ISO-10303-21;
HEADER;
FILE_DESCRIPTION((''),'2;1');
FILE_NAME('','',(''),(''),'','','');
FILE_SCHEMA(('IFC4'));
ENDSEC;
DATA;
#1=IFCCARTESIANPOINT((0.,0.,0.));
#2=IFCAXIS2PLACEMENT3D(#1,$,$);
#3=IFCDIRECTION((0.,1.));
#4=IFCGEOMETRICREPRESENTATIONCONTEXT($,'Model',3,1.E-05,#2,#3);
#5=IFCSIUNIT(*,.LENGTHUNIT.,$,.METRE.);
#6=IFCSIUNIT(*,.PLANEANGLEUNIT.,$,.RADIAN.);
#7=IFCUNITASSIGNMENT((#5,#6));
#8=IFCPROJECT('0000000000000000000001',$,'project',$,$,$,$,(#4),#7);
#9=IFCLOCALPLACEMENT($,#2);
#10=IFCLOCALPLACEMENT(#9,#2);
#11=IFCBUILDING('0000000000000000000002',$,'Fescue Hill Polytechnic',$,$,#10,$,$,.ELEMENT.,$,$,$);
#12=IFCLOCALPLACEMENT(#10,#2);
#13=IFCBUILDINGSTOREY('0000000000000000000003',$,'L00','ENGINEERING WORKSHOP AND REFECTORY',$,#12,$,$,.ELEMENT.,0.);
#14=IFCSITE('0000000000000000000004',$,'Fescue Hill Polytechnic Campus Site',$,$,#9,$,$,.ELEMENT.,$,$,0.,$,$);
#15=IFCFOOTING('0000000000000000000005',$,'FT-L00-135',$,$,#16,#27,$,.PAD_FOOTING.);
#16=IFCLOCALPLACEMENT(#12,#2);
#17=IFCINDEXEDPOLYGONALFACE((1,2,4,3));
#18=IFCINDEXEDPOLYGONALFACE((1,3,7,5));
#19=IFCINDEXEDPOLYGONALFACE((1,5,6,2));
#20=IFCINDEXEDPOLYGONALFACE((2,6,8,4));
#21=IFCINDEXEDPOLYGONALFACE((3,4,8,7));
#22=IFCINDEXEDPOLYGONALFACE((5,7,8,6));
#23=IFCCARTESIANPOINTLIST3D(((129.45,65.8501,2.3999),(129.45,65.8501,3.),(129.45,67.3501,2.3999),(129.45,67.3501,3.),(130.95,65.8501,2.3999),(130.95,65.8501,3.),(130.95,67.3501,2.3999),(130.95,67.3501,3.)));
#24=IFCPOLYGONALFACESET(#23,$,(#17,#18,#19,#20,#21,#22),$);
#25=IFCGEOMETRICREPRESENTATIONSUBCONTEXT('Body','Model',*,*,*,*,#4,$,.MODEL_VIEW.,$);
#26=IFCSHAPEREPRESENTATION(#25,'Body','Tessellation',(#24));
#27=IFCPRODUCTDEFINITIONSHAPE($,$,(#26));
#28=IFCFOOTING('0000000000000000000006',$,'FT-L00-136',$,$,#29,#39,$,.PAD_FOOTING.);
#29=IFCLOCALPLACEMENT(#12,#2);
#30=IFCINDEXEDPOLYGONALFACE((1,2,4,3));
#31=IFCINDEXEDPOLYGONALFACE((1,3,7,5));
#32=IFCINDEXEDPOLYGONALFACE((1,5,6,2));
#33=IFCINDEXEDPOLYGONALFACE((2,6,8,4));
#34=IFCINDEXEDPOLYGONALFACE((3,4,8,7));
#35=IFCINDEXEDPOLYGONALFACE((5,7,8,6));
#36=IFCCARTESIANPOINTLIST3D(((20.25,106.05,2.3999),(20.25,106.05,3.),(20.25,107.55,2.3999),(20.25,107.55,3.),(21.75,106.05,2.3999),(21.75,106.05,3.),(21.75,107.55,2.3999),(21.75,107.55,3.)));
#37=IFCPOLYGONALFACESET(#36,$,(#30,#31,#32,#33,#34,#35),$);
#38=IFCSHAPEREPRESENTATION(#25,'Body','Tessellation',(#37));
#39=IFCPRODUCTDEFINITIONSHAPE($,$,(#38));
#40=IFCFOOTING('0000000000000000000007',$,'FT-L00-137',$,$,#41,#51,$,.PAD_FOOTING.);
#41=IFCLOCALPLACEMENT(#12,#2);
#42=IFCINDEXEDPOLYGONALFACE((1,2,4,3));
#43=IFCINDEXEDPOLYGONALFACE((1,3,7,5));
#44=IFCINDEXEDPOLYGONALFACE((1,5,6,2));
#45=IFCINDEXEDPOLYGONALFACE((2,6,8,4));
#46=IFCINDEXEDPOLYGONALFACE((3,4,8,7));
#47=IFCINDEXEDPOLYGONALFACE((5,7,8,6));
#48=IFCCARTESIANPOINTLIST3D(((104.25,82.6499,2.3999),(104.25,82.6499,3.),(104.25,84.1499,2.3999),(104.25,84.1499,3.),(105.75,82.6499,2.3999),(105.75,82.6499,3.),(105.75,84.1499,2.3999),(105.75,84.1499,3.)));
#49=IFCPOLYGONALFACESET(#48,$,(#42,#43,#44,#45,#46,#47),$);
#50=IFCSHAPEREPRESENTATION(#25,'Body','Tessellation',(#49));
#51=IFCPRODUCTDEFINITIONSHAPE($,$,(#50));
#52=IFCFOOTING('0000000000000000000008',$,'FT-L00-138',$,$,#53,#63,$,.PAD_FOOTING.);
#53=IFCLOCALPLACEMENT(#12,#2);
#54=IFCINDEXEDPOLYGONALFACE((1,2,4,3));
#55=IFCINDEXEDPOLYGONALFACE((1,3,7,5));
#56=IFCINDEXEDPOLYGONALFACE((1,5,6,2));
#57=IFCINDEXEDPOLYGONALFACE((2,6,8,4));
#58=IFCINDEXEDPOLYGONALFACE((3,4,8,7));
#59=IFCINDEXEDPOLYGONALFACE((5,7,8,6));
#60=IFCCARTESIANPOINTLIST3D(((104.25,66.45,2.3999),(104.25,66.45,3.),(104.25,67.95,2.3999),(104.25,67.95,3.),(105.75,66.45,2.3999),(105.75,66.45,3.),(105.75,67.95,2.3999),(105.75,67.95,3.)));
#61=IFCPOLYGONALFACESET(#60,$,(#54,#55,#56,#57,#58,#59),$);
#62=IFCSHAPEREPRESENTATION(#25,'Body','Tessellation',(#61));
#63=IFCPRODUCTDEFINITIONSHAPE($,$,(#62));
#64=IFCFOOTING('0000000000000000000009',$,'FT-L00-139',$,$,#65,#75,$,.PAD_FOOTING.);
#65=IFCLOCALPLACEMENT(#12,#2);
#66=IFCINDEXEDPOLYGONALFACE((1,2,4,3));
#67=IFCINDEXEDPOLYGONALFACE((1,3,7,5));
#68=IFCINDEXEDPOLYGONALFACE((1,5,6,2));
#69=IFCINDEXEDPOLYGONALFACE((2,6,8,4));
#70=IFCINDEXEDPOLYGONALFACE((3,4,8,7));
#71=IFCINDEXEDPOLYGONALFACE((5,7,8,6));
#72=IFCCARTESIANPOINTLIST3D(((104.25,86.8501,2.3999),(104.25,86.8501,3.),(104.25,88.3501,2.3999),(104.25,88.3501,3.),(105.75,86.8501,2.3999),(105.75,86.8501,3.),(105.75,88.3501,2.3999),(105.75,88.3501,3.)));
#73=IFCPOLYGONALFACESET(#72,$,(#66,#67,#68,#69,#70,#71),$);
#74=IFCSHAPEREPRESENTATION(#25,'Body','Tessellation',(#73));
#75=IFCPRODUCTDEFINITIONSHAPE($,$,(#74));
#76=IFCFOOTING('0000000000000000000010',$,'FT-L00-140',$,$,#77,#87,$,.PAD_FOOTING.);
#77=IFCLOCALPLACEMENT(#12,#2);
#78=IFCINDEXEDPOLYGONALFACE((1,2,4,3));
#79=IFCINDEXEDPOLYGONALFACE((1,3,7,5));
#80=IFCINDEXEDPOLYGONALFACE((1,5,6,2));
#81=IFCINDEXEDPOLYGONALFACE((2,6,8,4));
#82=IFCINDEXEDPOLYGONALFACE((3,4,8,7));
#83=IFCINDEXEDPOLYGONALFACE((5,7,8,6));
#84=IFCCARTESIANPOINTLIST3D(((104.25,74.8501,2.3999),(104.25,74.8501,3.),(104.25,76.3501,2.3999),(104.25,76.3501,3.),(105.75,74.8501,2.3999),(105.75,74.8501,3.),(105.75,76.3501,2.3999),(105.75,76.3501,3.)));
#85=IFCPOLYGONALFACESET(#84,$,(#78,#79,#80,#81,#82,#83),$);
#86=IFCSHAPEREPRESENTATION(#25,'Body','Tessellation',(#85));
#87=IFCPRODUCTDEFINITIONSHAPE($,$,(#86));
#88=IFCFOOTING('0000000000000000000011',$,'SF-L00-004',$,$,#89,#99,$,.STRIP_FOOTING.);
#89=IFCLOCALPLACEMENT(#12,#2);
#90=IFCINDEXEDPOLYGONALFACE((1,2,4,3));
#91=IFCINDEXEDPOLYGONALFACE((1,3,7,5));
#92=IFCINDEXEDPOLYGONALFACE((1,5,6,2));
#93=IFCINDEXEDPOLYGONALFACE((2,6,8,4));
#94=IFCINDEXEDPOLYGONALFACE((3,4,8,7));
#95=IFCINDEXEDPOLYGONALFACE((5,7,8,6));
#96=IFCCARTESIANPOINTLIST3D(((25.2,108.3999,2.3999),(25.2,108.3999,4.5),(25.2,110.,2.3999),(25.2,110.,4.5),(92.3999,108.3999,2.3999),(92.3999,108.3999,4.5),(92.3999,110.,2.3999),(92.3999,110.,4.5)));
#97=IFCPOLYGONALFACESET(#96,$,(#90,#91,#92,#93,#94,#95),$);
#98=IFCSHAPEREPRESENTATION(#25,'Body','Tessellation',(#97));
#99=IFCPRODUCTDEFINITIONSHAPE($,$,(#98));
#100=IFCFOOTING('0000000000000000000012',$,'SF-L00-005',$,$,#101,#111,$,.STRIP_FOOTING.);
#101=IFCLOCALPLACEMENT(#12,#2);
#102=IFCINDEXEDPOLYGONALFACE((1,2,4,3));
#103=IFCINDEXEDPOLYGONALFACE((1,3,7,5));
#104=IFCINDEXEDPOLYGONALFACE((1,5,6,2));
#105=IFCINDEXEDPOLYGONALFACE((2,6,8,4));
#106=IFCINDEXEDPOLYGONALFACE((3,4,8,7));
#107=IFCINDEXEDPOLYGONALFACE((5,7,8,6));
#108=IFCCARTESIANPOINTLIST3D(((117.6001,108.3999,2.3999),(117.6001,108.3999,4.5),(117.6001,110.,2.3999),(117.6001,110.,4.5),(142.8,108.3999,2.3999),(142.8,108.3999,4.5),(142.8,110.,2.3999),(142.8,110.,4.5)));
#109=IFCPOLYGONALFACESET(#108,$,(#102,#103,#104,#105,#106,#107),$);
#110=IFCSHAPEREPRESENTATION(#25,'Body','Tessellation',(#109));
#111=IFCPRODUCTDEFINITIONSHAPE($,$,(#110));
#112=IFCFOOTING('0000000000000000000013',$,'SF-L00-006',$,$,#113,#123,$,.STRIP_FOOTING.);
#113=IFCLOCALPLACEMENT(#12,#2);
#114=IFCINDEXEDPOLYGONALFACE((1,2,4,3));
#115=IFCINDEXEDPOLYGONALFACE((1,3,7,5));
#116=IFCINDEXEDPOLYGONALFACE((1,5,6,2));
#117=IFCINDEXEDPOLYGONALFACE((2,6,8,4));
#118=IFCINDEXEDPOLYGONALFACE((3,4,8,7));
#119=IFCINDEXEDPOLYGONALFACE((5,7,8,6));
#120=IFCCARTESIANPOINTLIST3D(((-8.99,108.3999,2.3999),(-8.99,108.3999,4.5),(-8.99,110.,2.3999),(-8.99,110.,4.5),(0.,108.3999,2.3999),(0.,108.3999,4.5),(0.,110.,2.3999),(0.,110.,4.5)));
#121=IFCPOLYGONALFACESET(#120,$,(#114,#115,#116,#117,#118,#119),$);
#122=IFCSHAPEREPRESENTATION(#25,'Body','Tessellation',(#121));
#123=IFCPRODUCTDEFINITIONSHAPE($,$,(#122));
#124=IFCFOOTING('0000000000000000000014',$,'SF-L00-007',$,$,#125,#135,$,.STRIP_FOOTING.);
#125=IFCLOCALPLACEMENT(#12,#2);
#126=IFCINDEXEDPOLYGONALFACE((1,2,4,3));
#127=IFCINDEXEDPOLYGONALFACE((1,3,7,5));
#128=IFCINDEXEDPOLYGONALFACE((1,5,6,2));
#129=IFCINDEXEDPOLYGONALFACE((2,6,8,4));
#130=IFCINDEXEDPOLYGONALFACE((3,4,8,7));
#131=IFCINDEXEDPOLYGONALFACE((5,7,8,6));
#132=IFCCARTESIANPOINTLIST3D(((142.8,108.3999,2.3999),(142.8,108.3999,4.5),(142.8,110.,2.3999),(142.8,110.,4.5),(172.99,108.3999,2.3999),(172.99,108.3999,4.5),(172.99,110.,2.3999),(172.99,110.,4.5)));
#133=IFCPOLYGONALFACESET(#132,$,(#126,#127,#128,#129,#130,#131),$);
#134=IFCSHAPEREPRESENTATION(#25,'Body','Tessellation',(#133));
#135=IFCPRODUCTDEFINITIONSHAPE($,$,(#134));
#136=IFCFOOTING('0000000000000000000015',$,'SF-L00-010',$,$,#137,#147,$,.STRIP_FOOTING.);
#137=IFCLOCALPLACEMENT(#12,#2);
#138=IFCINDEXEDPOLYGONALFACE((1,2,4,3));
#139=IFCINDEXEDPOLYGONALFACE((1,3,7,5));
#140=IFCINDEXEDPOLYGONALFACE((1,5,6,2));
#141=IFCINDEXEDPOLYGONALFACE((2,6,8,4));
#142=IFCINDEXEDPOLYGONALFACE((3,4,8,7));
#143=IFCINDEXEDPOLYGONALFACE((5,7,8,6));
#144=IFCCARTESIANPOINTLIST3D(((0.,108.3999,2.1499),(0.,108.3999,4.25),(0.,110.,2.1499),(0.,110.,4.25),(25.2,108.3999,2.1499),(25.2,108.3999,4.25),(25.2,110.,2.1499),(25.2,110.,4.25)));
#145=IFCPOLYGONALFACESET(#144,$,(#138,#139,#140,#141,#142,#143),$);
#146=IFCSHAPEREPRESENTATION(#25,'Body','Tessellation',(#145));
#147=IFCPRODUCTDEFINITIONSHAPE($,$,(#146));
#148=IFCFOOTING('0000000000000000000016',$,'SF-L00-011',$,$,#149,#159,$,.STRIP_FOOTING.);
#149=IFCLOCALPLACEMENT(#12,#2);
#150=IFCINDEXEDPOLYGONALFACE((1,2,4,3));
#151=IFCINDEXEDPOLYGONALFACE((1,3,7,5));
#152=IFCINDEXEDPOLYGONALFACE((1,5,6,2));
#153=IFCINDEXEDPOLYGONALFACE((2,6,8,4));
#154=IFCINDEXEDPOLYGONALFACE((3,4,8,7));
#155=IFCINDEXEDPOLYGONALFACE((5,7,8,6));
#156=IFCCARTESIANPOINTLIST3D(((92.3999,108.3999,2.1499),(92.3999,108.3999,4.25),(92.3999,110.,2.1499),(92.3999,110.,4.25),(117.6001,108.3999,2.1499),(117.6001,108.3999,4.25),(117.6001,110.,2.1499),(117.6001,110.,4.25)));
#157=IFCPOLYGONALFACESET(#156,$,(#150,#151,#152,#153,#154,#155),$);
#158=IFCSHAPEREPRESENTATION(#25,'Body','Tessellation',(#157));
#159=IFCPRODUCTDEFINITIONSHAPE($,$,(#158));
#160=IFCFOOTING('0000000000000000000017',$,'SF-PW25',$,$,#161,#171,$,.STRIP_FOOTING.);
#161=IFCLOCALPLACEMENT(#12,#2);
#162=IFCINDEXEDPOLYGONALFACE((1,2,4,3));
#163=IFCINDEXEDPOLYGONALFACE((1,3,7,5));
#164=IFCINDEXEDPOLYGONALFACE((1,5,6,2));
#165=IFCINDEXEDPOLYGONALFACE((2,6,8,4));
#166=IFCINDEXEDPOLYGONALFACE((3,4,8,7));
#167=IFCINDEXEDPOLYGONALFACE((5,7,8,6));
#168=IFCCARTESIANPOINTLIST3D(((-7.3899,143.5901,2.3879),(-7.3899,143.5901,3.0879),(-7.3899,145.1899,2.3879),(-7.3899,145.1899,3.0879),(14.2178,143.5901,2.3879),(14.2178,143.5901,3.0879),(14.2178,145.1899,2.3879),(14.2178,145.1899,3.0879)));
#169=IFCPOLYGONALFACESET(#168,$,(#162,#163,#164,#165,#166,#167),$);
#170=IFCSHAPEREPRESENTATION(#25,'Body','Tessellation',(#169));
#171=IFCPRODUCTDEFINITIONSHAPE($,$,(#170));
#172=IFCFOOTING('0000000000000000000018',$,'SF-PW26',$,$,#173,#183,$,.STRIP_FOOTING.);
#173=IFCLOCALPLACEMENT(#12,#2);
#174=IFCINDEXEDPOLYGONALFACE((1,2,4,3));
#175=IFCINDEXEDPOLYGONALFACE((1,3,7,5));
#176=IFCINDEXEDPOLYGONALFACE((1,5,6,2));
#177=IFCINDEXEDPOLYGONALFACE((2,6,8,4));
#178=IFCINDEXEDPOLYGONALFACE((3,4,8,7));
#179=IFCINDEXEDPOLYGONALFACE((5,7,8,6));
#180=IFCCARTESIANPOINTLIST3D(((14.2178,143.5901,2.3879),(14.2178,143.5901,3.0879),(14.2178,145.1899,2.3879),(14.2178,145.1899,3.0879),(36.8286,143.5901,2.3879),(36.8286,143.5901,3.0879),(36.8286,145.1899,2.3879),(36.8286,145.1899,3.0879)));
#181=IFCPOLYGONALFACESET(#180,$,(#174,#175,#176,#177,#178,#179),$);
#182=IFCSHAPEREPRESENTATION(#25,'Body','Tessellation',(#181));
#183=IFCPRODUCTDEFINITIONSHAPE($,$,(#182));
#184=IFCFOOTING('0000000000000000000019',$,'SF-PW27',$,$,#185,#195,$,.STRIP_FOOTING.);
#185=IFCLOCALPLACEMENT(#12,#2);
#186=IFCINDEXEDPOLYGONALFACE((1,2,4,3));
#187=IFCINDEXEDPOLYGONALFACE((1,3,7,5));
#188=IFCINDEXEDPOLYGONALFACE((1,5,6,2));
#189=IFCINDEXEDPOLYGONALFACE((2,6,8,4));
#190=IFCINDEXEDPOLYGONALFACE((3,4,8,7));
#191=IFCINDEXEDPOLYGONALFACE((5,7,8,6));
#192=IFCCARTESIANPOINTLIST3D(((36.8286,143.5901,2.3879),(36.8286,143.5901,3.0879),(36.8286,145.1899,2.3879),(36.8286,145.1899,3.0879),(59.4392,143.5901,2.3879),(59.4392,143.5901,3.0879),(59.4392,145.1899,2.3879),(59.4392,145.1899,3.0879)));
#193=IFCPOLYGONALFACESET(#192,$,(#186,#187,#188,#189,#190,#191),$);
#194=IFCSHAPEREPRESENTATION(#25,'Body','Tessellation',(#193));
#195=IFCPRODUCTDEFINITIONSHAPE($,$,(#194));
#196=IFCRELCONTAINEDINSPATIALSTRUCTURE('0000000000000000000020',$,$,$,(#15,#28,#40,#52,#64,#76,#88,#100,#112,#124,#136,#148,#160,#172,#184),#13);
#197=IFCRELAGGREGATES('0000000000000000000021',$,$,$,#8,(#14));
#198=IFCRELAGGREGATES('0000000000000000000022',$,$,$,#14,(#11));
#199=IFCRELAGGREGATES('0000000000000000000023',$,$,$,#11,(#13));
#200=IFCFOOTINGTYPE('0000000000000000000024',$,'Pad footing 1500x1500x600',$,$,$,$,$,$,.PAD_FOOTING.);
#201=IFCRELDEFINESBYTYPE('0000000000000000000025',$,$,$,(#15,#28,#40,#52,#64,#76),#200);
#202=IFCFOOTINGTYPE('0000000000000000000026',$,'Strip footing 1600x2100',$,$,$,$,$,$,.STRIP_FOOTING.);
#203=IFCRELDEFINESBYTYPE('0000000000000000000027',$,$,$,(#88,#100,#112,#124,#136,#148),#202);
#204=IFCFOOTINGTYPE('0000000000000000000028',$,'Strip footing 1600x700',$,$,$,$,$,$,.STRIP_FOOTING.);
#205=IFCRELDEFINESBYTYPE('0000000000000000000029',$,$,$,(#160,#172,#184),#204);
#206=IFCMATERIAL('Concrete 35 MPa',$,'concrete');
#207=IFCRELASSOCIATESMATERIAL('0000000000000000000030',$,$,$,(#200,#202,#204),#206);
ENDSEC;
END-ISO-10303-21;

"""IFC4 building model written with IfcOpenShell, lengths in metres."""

from ifc_helpers import new_model, si_unit, direction, frame, origin, place, context, subcontext, project, spatial, polyline, outline, extrude, material, type_object, element, save


model = new_model("IFC4")

# Units and contexts
model_context = context("Model", 3, precision=1e-05, world=origin(), true_north=direction((0.0, 1.0)))
body_context = subcontext(model_context, "Body", "Model", "MODEL_VIEW")
ifc_project = project(units=[si_unit("LENGTHUNIT", "METRE"), si_unit("PLANEANGLEUNIT", "RADIAN")], contexts=[model_context])

# Site, building, storey
site_placement = place(None, origin())
site = spatial("IfcSite", under=ifc_project, at=site_placement, Name="Fescue Hill Polytechnic Campus Site", CompositionType="ELEMENT", RefElevation=0.0)
building_placement = place(site_placement, origin())
building = spatial("IfcBuilding", under=site, at=building_placement, Name="Fescue Hill Polytechnic", CompositionType="ELEMENT")
storey_placement = place(building_placement, origin())
storey = spatial("IfcBuildingStorey", under=building, at=storey_placement, Name="L00", Description="ENGINEERING WORKSHOP AND REFECTORY", CompositionType="ELEMENT", Elevation=0.0)

# Footings
ifc_material = material(Name="Concrete 35 MPa", Category="concrete")
footing_type_1 = type_object("IfcFootingType", Name="Pad footing 1500x1500x600", PredefinedType="PAD_FOOTING", material=ifc_material)
footing_1_placement = place(storey_placement, frame((0.0, 0.0, 2.3999)))
element("IfcFooting", 1, at=footing_1_placement, inside=storey, type_object=footing_type_1, Name="FT-L00-135", PredefinedType="PAD_FOOTING", context=body_context, shape_type="SweptSolid", body=[
    extrude(outline(polyline([(130.95, 65.8501), (130.95, 67.3501), (129.45, 67.3501), (129.45, 65.8501), (130.95, 65.8501)])), origin(), (0.0, 0.0, 1.0), 0.6001),
])
footing_2_placement = place(storey_placement, frame((0.0, 0.0, 2.3999)))
element("IfcFooting", 2, at=footing_2_placement, inside=storey, type_object=footing_type_1, Name="FT-L00-136", PredefinedType="PAD_FOOTING", context=body_context, shape_type="SweptSolid", body=[
    extrude(outline(polyline([(21.75, 106.05), (21.75, 107.55), (20.25, 107.55), (20.25, 106.05), (21.75, 106.05)])), origin(), (0.0, 0.0, 1.0), 0.6001),
])
footing_3_placement = place(storey_placement, frame((0.0, 0.0, 2.3999)))
element("IfcFooting", 3, at=footing_3_placement, inside=storey, type_object=footing_type_1, Name="FT-L00-137", PredefinedType="PAD_FOOTING", context=body_context, shape_type="SweptSolid", body=[
    extrude(outline(polyline([(105.75, 82.6499), (105.75, 84.1499), (104.25, 84.1499), (104.25, 82.6499), (105.75, 82.6499)])), origin(), (0.0, 0.0, 1.0), 0.6001),
])
footing_4_placement = place(storey_placement, frame((0.0, 0.0, 2.3999)))
element("IfcFooting", 4, at=footing_4_placement, inside=storey, type_object=footing_type_1, Name="FT-L00-138", PredefinedType="PAD_FOOTING", context=body_context, shape_type="SweptSolid", body=[
    extrude(outline(polyline([(105.75, 66.45), (105.75, 67.95), (104.25, 67.95), (104.25, 66.45), (105.75, 66.45)])), origin(), (0.0, 0.0, 1.0), 0.6001),
])
footing_5_placement = place(storey_placement, frame((0.0, 0.0, 2.3999)))
element("IfcFooting", 5, at=footing_5_placement, inside=storey, type_object=footing_type_1, Name="FT-L00-139", PredefinedType="PAD_FOOTING", context=body_context, shape_type="SweptSolid", body=[
    extrude(outline(polyline([(105.75, 86.8501), (105.75, 88.3501), (104.25, 88.3501), (104.25, 86.8501), (105.75, 86.8501)])), origin(), (0.0, 0.0, 1.0), 0.6001),
])
footing_6_placement = place(storey_placement, frame((0.0, 0.0, 2.3999)))
element("IfcFooting", 6, at=footing_6_placement, inside=storey, type_object=footing_type_1, Name="FT-L00-140", PredefinedType="PAD_FOOTING", context=body_context, shape_type="SweptSolid", body=[
    extrude(outline(polyline([(105.75, 74.8501), (105.75, 76.3501), (104.25, 76.3501), (104.25, 74.8501), (105.75, 74.8501)])), origin(), (0.0, 0.0, 1.0), 0.6001),
])
footing_type_2 = type_object("IfcFootingType", Name="Strip footing 1600x2100", PredefinedType="STRIP_FOOTING", material=ifc_material)
footing_7_placement = place(storey_placement, frame((0.0, 0.0, 2.3999)))
element("IfcFooting", 7, at=footing_7_placement, inside=storey, type_object=footing_type_2, Name="SF-L00-004", PredefinedType="STRIP_FOOTING", context=body_context, shape_type="SweptSolid", body=[
    extrude(outline(polyline([(92.3999, 110.0), (92.3999, 108.3999), (25.2, 108.3999), (25.2, 110.0), (92.3999, 110.0)])), origin(), (0.0, 0.0, 1.0), 2.1001),
])
footing_8_placement = place(storey_placement, frame((0.0, 0.0, 2.3999)))
element("IfcFooting", 8, at=footing_8_placement, inside=storey, type_object=footing_type_2, Name="SF-L00-005", PredefinedType="STRIP_FOOTING", context=body_context, shape_type="SweptSolid", body=[
    extrude(outline(polyline([(142.8, 110.0), (142.8, 108.3999), (117.6001, 108.3999), (117.6001, 110.0), (142.8, 110.0)])), origin(), (0.0, 0.0, 1.0), 2.1001),
])
footing_9_placement = place(storey_placement, frame((0.0, 0.0, 2.3999)))
element("IfcFooting", 9, at=footing_9_placement, inside=storey, type_object=footing_type_2, Name="SF-L00-006", PredefinedType="STRIP_FOOTING", context=body_context, shape_type="SweptSolid", body=[
    extrude(outline(polyline([(0.0, 110.0), (0.0, 108.3999), (-8.99, 108.3999), (-8.99, 110.0), (0.0, 110.0)])), origin(), (0.0, 0.0, 1.0), 2.1001),
])
footing_10_placement = place(storey_placement, frame((0.0, 0.0, 2.3999)))
element("IfcFooting", 10, at=footing_10_placement, inside=storey, type_object=footing_type_2, Name="SF-L00-007", PredefinedType="STRIP_FOOTING", context=body_context, shape_type="SweptSolid", body=[
    extrude(outline(polyline([(172.99, 110.0), (172.99, 108.3999), (142.8, 108.3999), (142.8, 110.0), (172.99, 110.0)])), origin(), (0.0, 0.0, 1.0), 2.1001),
])
footing_11_placement = place(storey_placement, frame((0.0, 0.0, 2.1499)))
element("IfcFooting", 11, at=footing_11_placement, inside=storey, type_object=footing_type_2, Name="SF-L00-010", PredefinedType="STRIP_FOOTING", context=body_context, shape_type="SweptSolid", body=[
    extrude(outline(polyline([(0.0, 108.3999), (0.0, 110.0), (25.2, 110.0), (25.2, 108.3999), (0.0, 108.3999)])), origin(), (0.0, 0.0, 1.0), 2.1001),
])
footing_12_placement = place(storey_placement, frame((0.0, 0.0, 2.1499)))
element("IfcFooting", 12, at=footing_12_placement, inside=storey, type_object=footing_type_2, Name="SF-L00-011", PredefinedType="STRIP_FOOTING", context=body_context, shape_type="SweptSolid", body=[
    extrude(outline(polyline([(92.3999, 108.3999), (92.3999, 110.0), (117.6001, 110.0), (117.6001, 108.3999), (92.3999, 108.3999)])), origin(), (0.0, 0.0, 1.0), 2.1001),
])
footing_type_3 = type_object("IfcFootingType", Name="Strip footing 1600x700", PredefinedType="STRIP_FOOTING", material=ifc_material)
footing_13_placement = place(storey_placement, frame((0.0, 0.0, 2.3879)))
element("IfcFooting", 13, at=footing_13_placement, inside=storey, type_object=footing_type_3, Name="SF-PW25", PredefinedType="STRIP_FOOTING", context=body_context, shape_type="SweptSolid", body=[
    extrude(outline(polyline([(-7.3899, 143.5901), (14.2178, 143.5901), (14.2178, 145.1899), (-7.3899, 145.1899), (-7.3899, 143.5901)])), origin(), (0.0, 0.0, 1.0), 0.7),
])
footing_14_placement = place(storey_placement, frame((0.0, 0.0, 2.3879)))
element("IfcFooting", 14, at=footing_14_placement, inside=storey, type_object=footing_type_3, Name="SF-PW26", PredefinedType="STRIP_FOOTING", context=body_context, shape_type="SweptSolid", body=[
    extrude(outline(polyline([(14.2178, 143.5901), (36.8286, 143.5901), (36.8286, 145.1899), (14.2178, 145.1899), (14.2178, 143.5901)])), origin(), (0.0, 0.0, 1.0), 0.7),
])
footing_15_placement = place(storey_placement, frame((0.0, 0.0, 2.3879)))
element("IfcFooting", 15, at=footing_15_placement, inside=storey, type_object=footing_type_3, Name="SF-PW27", PredefinedType="STRIP_FOOTING", context=body_context, shape_type="SweptSolid", body=[
    extrude(outline(polyline([(36.8286, 143.5901), (59.4392, 143.5901), (59.4392, 145.1899), (36.8286, 145.1899), (36.8286, 143.5901)])), origin(), (0.0, 0.0, 1.0), 0.7),
])

save(model, "model.ifc")
